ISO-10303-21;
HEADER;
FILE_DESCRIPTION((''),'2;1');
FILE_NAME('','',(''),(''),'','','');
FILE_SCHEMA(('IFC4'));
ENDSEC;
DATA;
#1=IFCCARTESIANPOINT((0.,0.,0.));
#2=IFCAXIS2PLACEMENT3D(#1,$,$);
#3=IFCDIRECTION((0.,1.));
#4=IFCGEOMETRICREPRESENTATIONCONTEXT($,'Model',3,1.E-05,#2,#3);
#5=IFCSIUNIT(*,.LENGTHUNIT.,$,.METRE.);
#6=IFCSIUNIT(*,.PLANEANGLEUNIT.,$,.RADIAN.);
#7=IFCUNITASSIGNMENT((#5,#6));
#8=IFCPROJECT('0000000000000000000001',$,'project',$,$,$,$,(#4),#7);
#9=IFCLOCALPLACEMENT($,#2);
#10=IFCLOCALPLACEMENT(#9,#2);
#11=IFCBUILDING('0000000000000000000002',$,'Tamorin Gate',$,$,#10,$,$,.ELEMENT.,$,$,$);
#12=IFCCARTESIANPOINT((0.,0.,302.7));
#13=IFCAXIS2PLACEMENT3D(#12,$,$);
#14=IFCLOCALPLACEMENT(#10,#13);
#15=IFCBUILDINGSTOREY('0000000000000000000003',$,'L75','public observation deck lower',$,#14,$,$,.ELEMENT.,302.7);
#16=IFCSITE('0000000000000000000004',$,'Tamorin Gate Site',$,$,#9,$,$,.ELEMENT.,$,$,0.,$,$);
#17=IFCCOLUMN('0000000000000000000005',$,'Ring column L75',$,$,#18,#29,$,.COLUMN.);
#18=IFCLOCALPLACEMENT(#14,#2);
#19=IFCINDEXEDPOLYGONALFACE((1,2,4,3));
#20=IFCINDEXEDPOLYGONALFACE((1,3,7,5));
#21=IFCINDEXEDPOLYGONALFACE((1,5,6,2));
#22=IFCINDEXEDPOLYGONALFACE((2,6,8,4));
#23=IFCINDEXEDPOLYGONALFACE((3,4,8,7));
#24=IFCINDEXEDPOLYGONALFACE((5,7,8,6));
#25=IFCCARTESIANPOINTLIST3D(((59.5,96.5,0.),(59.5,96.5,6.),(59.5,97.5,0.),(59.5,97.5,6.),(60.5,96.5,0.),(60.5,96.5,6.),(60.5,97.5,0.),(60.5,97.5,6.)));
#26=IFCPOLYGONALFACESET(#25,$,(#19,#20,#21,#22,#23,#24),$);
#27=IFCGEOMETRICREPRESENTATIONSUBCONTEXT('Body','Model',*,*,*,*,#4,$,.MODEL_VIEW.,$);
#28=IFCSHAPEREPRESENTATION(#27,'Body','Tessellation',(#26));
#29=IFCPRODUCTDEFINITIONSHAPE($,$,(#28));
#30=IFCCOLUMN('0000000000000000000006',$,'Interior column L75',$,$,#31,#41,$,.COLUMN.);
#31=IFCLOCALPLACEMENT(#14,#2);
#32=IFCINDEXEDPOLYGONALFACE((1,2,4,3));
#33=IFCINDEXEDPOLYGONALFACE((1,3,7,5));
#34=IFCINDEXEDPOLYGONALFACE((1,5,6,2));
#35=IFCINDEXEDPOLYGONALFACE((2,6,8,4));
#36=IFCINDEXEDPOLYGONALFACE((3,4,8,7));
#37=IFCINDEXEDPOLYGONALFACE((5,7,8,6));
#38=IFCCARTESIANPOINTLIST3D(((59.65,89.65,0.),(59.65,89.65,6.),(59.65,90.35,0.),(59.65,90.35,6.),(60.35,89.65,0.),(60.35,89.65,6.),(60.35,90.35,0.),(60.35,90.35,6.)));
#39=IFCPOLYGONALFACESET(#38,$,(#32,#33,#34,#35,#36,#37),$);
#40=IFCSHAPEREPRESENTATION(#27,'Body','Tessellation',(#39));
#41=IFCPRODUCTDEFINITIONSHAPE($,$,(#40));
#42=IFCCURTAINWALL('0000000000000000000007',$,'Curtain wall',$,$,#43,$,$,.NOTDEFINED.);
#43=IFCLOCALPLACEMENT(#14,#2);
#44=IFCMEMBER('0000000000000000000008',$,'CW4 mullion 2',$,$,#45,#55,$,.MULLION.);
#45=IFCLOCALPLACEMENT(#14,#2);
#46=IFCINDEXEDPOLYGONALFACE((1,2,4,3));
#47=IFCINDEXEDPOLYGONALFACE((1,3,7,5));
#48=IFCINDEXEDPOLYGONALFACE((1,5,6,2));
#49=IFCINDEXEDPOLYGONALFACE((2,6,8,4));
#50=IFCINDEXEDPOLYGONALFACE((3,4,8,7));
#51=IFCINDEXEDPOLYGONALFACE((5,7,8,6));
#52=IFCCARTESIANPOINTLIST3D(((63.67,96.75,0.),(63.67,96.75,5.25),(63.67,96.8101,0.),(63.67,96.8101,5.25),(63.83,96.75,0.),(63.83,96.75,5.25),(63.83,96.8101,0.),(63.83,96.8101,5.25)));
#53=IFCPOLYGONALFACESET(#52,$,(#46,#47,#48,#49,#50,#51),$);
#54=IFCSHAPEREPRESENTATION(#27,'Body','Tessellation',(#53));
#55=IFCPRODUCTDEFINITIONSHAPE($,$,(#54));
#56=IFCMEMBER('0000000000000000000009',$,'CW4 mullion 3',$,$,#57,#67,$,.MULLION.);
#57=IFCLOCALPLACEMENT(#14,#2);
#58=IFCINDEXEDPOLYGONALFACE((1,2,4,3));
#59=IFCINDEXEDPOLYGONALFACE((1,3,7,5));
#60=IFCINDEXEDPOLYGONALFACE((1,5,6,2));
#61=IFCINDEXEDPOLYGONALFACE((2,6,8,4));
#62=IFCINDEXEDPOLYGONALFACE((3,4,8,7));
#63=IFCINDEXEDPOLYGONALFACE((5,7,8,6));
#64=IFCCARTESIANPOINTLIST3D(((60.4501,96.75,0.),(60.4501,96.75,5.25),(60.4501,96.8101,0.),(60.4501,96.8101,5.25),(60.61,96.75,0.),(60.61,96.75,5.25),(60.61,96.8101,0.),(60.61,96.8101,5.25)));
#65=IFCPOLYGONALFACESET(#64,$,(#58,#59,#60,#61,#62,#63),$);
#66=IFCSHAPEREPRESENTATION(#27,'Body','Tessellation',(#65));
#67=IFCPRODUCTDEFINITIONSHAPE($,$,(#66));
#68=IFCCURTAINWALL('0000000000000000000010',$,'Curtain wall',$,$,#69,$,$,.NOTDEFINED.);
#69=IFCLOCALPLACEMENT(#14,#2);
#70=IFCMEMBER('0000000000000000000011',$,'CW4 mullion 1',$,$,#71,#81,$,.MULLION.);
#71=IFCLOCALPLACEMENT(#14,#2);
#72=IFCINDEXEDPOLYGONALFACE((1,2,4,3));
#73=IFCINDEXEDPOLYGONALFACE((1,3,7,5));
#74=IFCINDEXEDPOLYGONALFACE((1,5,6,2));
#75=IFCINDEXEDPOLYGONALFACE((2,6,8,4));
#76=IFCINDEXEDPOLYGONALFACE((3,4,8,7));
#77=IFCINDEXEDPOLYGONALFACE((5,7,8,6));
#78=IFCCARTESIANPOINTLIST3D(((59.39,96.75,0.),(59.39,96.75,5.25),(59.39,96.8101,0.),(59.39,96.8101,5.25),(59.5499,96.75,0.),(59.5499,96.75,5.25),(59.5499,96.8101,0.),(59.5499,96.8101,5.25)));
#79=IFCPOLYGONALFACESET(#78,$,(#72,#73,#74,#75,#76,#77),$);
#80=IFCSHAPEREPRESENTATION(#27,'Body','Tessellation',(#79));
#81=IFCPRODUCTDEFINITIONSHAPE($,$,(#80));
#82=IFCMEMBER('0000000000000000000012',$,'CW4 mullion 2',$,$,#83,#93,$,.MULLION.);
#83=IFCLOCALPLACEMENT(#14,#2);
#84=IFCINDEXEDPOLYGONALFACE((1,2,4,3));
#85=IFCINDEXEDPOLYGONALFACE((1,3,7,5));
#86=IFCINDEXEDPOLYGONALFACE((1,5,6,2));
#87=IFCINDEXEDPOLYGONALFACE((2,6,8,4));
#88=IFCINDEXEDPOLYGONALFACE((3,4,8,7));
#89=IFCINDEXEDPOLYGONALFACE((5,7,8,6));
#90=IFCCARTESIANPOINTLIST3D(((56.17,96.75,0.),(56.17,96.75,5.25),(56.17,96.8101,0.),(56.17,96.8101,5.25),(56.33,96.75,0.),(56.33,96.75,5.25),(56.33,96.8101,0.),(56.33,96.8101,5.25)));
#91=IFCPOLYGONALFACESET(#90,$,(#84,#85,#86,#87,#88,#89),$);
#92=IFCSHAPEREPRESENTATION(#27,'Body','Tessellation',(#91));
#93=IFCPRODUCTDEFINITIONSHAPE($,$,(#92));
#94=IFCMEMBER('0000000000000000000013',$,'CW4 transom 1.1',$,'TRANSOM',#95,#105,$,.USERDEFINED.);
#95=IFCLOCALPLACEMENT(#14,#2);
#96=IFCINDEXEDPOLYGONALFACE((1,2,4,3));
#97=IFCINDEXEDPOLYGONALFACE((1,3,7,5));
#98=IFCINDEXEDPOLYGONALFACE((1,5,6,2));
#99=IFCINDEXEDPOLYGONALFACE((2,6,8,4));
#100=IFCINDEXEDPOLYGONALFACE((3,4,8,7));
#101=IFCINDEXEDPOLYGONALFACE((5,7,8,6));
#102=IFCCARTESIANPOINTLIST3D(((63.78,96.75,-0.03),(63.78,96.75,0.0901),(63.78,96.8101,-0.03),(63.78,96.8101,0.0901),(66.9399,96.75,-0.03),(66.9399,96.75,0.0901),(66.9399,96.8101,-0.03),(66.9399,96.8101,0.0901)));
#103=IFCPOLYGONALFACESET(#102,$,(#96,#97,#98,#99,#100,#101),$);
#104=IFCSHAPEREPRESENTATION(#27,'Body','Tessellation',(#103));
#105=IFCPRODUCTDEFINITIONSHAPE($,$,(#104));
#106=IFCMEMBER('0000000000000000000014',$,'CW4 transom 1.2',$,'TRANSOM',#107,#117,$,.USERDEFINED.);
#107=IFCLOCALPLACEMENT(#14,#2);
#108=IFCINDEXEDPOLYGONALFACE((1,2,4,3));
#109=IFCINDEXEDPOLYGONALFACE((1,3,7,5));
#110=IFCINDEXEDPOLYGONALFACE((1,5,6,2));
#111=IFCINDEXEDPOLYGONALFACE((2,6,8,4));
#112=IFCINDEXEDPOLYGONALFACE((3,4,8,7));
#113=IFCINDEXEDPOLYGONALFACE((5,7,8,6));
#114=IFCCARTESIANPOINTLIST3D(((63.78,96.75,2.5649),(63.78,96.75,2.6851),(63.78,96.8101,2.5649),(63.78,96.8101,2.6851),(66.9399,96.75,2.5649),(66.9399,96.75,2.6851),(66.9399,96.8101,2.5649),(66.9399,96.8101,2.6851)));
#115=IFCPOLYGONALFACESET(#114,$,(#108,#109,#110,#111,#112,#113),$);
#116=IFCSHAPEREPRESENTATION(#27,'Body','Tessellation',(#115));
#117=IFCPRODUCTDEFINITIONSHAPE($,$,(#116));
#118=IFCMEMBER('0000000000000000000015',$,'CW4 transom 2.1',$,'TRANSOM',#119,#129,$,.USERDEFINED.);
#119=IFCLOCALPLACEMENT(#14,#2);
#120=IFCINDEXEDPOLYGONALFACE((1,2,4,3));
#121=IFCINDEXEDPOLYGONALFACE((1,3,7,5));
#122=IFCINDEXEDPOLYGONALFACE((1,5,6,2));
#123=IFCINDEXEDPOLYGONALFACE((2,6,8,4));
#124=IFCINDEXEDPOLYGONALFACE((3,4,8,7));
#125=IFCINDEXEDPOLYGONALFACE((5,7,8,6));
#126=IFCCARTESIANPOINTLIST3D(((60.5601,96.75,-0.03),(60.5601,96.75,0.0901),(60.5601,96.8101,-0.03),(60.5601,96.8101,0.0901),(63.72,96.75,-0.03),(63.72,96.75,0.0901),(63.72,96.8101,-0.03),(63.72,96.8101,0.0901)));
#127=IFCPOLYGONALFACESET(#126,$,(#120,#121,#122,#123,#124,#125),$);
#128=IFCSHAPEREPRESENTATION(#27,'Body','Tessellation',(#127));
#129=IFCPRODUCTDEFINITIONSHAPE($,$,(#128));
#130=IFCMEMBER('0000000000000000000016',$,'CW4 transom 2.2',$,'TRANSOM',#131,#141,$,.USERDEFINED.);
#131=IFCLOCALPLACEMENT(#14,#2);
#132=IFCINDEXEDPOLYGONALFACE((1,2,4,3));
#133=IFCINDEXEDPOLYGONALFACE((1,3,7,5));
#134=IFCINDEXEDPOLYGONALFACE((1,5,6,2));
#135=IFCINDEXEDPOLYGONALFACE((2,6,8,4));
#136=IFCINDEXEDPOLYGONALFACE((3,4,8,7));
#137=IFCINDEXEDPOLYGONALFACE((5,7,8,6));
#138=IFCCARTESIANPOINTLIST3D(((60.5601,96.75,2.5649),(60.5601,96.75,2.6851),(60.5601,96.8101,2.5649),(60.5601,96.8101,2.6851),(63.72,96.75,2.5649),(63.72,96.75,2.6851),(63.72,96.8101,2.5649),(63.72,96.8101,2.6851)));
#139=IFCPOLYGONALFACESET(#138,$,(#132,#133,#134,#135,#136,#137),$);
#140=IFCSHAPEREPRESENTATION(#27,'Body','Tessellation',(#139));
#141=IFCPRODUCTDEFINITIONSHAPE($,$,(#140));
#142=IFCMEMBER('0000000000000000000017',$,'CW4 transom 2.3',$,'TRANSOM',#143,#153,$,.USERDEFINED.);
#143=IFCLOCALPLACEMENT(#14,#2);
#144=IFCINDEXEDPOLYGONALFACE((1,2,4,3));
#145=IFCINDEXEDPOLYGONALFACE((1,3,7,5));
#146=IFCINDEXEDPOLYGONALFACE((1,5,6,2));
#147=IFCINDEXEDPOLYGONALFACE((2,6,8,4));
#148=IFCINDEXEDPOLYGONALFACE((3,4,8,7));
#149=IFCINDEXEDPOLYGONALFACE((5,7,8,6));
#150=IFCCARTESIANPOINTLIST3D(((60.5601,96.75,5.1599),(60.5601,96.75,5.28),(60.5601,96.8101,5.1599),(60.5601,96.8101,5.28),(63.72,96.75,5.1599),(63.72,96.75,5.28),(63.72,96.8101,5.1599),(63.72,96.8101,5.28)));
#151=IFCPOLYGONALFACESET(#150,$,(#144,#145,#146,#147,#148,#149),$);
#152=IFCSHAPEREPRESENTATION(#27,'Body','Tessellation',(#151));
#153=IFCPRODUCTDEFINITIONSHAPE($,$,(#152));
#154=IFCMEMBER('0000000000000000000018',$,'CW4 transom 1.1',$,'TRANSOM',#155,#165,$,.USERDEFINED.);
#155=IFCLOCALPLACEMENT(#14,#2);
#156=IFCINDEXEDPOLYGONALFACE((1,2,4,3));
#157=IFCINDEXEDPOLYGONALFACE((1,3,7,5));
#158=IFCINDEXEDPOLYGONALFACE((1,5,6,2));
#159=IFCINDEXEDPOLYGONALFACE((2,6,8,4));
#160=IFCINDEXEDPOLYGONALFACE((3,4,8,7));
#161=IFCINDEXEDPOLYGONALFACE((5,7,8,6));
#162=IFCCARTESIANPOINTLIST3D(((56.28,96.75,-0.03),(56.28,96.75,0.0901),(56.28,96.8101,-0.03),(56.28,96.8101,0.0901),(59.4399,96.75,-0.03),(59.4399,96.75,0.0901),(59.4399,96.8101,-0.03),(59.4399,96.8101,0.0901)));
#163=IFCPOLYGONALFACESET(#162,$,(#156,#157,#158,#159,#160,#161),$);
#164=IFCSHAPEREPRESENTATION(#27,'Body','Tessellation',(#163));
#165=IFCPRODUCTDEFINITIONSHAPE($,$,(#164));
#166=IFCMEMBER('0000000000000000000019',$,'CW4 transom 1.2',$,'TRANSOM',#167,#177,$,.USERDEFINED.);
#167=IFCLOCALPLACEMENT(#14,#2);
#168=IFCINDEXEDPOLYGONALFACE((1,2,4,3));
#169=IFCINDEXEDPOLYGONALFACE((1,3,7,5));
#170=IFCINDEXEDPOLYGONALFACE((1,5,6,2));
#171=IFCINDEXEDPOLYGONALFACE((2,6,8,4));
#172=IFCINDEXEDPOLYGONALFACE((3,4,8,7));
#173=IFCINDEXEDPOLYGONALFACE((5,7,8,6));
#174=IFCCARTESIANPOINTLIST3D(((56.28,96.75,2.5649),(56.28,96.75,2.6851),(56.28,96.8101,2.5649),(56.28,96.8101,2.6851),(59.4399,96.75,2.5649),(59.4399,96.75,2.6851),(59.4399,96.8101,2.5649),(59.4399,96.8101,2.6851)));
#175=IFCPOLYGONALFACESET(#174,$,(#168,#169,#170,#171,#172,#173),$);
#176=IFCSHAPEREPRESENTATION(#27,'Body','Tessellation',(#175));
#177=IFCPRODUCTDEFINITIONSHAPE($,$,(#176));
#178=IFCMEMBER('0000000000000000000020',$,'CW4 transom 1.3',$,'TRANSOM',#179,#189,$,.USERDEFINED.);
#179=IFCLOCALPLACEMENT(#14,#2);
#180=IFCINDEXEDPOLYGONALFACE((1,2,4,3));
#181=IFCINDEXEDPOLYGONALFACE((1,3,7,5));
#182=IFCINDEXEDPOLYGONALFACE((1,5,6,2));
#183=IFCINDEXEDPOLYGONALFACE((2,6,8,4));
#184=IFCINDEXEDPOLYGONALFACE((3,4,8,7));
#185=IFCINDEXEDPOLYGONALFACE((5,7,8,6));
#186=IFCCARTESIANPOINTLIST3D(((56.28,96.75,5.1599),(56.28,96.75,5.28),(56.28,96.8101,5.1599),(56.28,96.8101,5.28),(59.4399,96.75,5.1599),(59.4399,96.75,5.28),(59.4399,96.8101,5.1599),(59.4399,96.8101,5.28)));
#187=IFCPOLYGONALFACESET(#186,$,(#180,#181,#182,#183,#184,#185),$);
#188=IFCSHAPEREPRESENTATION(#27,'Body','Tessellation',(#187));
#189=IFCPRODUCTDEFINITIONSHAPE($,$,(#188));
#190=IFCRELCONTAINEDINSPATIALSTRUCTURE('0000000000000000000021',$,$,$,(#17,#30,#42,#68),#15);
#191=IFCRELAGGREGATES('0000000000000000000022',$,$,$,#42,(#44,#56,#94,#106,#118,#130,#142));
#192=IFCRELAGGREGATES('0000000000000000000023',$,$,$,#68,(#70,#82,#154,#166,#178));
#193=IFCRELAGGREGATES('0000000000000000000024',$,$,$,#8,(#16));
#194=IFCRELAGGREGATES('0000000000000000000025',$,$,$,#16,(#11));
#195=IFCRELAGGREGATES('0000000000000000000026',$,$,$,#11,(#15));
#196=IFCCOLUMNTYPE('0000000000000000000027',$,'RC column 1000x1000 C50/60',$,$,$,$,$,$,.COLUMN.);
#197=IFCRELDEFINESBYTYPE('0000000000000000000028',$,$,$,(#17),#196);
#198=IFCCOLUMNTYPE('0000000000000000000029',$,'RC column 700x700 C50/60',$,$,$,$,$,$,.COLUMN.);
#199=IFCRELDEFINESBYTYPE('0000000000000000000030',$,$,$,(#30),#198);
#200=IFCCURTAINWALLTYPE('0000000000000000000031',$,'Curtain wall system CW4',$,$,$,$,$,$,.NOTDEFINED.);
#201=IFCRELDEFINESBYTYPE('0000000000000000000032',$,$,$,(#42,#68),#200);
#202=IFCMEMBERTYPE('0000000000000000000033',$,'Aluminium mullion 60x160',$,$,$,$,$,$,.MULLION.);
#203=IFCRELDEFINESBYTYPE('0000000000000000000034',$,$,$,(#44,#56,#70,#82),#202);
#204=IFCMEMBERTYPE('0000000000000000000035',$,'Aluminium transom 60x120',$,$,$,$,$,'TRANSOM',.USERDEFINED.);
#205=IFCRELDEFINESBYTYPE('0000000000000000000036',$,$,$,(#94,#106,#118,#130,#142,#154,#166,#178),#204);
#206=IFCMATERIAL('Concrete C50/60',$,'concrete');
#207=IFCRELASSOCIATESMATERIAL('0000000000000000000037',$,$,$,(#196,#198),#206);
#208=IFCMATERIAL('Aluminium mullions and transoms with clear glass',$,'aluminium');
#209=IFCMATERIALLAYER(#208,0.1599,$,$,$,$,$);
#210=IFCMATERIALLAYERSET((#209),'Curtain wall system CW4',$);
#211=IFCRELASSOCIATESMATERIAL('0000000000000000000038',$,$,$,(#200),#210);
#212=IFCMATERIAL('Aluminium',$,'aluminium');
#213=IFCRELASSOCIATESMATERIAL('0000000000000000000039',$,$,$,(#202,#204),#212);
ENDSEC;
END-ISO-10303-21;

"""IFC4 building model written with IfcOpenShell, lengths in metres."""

from ifc_helpers import new_model, si_unit, direction, frame, origin, origin_2d, place, context, subcontext, project, spatial, rectangle, extrude, material, layer, layer_set, material_profile, profile_set, type_object, element, aggregate, save


model = new_model("IFC4")

# Units and contexts
model_context = context("Model", 3, precision=1e-05, world=origin(), true_north=direction((0.0, 1.0)))
body_context = subcontext(model_context, "Body", "Model", "MODEL_VIEW")
ifc_project = project(units=[si_unit("LENGTHUNIT", "METRE"), si_unit("PLANEANGLEUNIT", "RADIAN")], contexts=[model_context])

# Site, building, storey
site_placement = place(None, origin())
site = spatial("IfcSite", under=ifc_project, at=site_placement, Name="Tamorin Gate Site", CompositionType="ELEMENT", RefElevation=0.0)
building_placement = place(site_placement, origin())
building = spatial("IfcBuilding", under=site, at=building_placement, Name="Tamorin Gate", CompositionType="ELEMENT")
storey_placement = place(building_placement, frame((0.0, 0.0, 302.7)))
storey = spatial("IfcBuildingStorey", under=building, at=storey_placement, Name="L75", Description="public observation deck lower", CompositionType="ELEMENT", Elevation=302.7)

# Columns
ifc_material_1 = material(Name="Concrete C50/60", Category="concrete")
ifc_material_profile_1 = material_profile(ifc_material_1, rectangle(XDim=1.0, YDim=1.0, at=origin_2d()), Name="RC 1000x1000")
ifc_profile_set_1 = profile_set([ifc_material_profile_1], Name="Concrete C50/60")
column_type_1 = type_object("IfcColumnType", Name="RC column 1000x1000 C50/60", PredefinedType="COLUMN", material=ifc_profile_set_1)
column_1_placement = place(storey_placement, frame((60.0, 97.0, 0.0), z_axis=(0.0, 0.0, 1.0), x_axis=(1.0, 0.0, 0.0)))
element("IfcColumn", 1, at=column_1_placement, inside=storey, type_object=column_type_1, Name="Ring column L75", PredefinedType="COLUMN", context=body_context, shape_type="SweptSolid", body=[
    extrude(rectangle(XDim=1.0, YDim=1.0, at=origin_2d()), origin(), (0.0, 0.0, 1.0), 6.0),
])
ifc_material_profile_2 = material_profile(ifc_material_1, rectangle(XDim=0.7, YDim=0.7, at=origin_2d()), Name="RC 700x700")
ifc_profile_set_2 = profile_set([ifc_material_profile_2], Name="Concrete C50/60")
column_type_2 = type_object("IfcColumnType", Name="RC column 700x700 C50/60", PredefinedType="COLUMN", material=ifc_profile_set_2)
column_2_placement = place(storey_placement, frame((60.0, 90.0, 0.0), z_axis=(0.0, 0.0, 1.0), x_axis=(1.0, 0.0, 0.0)))
element("IfcColumn", 2, at=column_2_placement, inside=storey, type_object=column_type_2, Name="Interior column L75", PredefinedType="COLUMN", context=body_context, shape_type="SweptSolid", body=[
    extrude(rectangle(XDim=0.7, YDim=0.7, at=origin_2d()), origin(), (0.0, 0.0, 1.0), 6.0),
])

# Curtain walls, members
ifc_material_2 = material(Name="Aluminium mullions and transoms with clear glass", Category="aluminium")
ifc_layer_1 = layer(ifc_material_2, 0.1599)
ifc_layer_set_1 = layer_set([ifc_layer_1], Name="Curtain wall system CW4")
curtain_wall_type = type_object("IfcCurtainWallType", Name="Curtain wall system CW4", PredefinedType="NOTDEFINED", material=ifc_layer_set_1)
curtain_wall_1_placement = place(storey_placement, origin())
curtain_wall_1 = element("IfcCurtainWall", 3, at=curtain_wall_1_placement, inside=storey, type_object=curtain_wall_type, Name="Curtain wall", PredefinedType="NOTDEFINED")
ifc_material_3 = material(Name="Aluminium", Category="aluminium")
ifc_material_profile_3 = material_profile(ifc_material_3, rectangle(XDim=0.0601, YDim=0.1599, at=origin_2d()), Name="RECT 60x160")
ifc_profile_set_3 = profile_set([ifc_material_profile_3], Name="Aluminium")
member_type_1 = type_object("IfcMemberType", Name="Aluminium mullion 60x160", PredefinedType="MULLION", material=ifc_profile_set_3)
member_1_placement = place(storey_placement, frame((63.75, 96.78, 0.0), z_axis=(0.0, 0.0, 1.0), x_axis=(0.0, -1.0, 0.0)))
member_1 = element("IfcMember", 4, at=member_1_placement, type_object=member_type_1, Name="CW4 mullion 2", PredefinedType="MULLION", context=body_context, shape_type="SweptSolid", body=[
    extrude(rectangle(XDim=0.0601, YDim=0.1599, at=origin_2d()), origin(), (0.0, 0.0, 1.0), 5.25),
])
member_2_placement = place(storey_placement, frame((60.53, 96.78, 0.0), z_axis=(0.0, 0.0, 1.0), x_axis=(0.0, -1.0, 0.0)))
member_2 = element("IfcMember", 5, at=member_2_placement, type_object=member_type_1, Name="CW4 mullion 3", PredefinedType="MULLION", context=body_context, shape_type="SweptSolid", body=[
    extrude(rectangle(XDim=0.0601, YDim=0.1599, at=origin_2d()), origin(), (0.0, 0.0, 1.0), 5.25),
])
curtain_wall_2_placement = place(storey_placement, origin())
curtain_wall_2 = element("IfcCurtainWall", 6, at=curtain_wall_2_placement, inside=storey, type_object=curtain_wall_type, Name="Curtain wall", PredefinedType="NOTDEFINED")
member_3_placement = place(storey_placement, frame((59.47, 96.78, 0.0), z_axis=(0.0, 0.0, 1.0), x_axis=(0.0, -1.0, 0.0)))
member_3 = element("IfcMember", 7, at=member_3_placement, type_object=member_type_1, Name="CW4 mullion 1", PredefinedType="MULLION", context=body_context, shape_type="SweptSolid", body=[
    extrude(rectangle(XDim=0.0601, YDim=0.1599, at=origin_2d()), origin(), (0.0, 0.0, 1.0), 5.25),
])
member_4_placement = place(storey_placement, frame((56.25, 96.78, 0.0), z_axis=(0.0, 0.0, 1.0), x_axis=(0.0, -1.0, 0.0)))
member_4 = element("IfcMember", 8, at=member_4_placement, type_object=member_type_1, Name="CW4 mullion 2", PredefinedType="MULLION", context=body_context, shape_type="SweptSolid", body=[
    extrude(rectangle(XDim=0.0601, YDim=0.1599, at=origin_2d()), origin(), (0.0, 0.0, 1.0), 5.25),
])

# Members
ifc_material_profile_4 = material_profile(ifc_material_3, rectangle(XDim=0.0601, YDim=0.1201, at=origin_2d()), Name="RECT 60x120")
ifc_profile_set_4 = profile_set([ifc_material_profile_4], Name="Aluminium")
member_type_2 = type_object("IfcMemberType", Name="Aluminium transom 60x120", ElementType="TRANSOM", PredefinedType="USERDEFINED", material=ifc_profile_set_4)
member_5_placement = place(storey_placement, frame((66.9399, 96.78, 0.03), z_axis=(-1.0, 0.0, 0.0), x_axis=(0.0, -1.0, 0.0)))
member_5 = element("IfcMember", 9, at=member_5_placement, type_object=member_type_2, Name="CW4 transom 1.1", ObjectType="TRANSOM", PredefinedType="USERDEFINED", context=body_context, shape_type="SweptSolid", body=[
    extrude(rectangle(XDim=0.0601, YDim=0.1201, at=origin_2d()), origin(), (0.0, 0.0, 1.0), 3.1599),
])
member_6_placement = place(storey_placement, frame((66.9399, 96.78, 2.625), z_axis=(-1.0, 0.0, 0.0), x_axis=(0.0, -1.0, 0.0)))
member_6 = element("IfcMember", 10, at=member_6_placement, type_object=member_type_2, Name="CW4 transom 1.2", ObjectType="TRANSOM", PredefinedType="USERDEFINED", context=body_context, shape_type="SweptSolid", body=[
    extrude(rectangle(XDim=0.0601, YDim=0.1201, at=origin_2d()), origin(), (0.0, 0.0, 1.0), 3.1599),
])
member_7_placement = place(storey_placement, frame((63.72, 96.78, 0.03), z_axis=(-1.0, 0.0, 0.0), x_axis=(0.0, -1.0, 0.0)))
member_7 = element("IfcMember", 11, at=member_7_placement, type_object=member_type_2, Name="CW4 transom 2.1", ObjectType="TRANSOM", PredefinedType="USERDEFINED", context=body_context, shape_type="SweptSolid", body=[
    extrude(rectangle(XDim=0.0601, YDim=0.1201, at=origin_2d()), origin(), (0.0, 0.0, 1.0), 3.1599),
])
member_8_placement = place(storey_placement, frame((63.72, 96.78, 2.625), z_axis=(-1.0, 0.0, 0.0), x_axis=(0.0, -1.0, 0.0)))
member_8 = element("IfcMember", 12, at=member_8_placement, type_object=member_type_2, Name="CW4 transom 2.2", ObjectType="TRANSOM", PredefinedType="USERDEFINED", context=body_context, shape_type="SweptSolid", body=[
    extrude(rectangle(XDim=0.0601, YDim=0.1201, at=origin_2d()), origin(), (0.0, 0.0, 1.0), 3.1599),
])
member_9_placement = place(storey_placement, frame((63.72, 96.78, 5.22), z_axis=(-1.0, 0.0, 0.0), x_axis=(0.0, -1.0, 0.0)))
member_9 = element("IfcMember", 13, at=member_9_placement, type_object=member_type_2, Name="CW4 transom 2.3", ObjectType="TRANSOM", PredefinedType="USERDEFINED", context=body_context, shape_type="SweptSolid", body=[
    extrude(rectangle(XDim=0.0601, YDim=0.1201, at=origin_2d()), origin(), (0.0, 0.0, 1.0), 3.1599),
])
member_10_placement = place(storey_placement, frame((59.4399, 96.78, 0.03), z_axis=(-1.0, 0.0, 0.0), x_axis=(0.0, -1.0, 0.0)))
member_10 = element("IfcMember", 14, at=member_10_placement, type_object=member_type_2, Name="CW4 transom 1.1", ObjectType="TRANSOM", PredefinedType="USERDEFINED", context=body_context, shape_type="SweptSolid", body=[
    extrude(rectangle(XDim=0.0601, YDim=0.1201, at=origin_2d()), origin(), (0.0, 0.0, 1.0), 3.1599),
])
member_11_placement = place(storey_placement, frame((59.4399, 96.78, 2.625), z_axis=(-1.0, 0.0, 0.0), x_axis=(0.0, -1.0, 0.0)))
member_11 = element("IfcMember", 15, at=member_11_placement, type_object=member_type_2, Name="CW4 transom 1.2", ObjectType="TRANSOM", PredefinedType="USERDEFINED", context=body_context, shape_type="SweptSolid", body=[
    extrude(rectangle(XDim=0.0601, YDim=0.1201, at=origin_2d()), origin(), (0.0, 0.0, 1.0), 3.1599),
])
member_12_placement = place(storey_placement, frame((59.4399, 96.78, 5.22), z_axis=(-1.0, 0.0, 0.0), x_axis=(0.0, -1.0, 0.0)))
member_12 = element("IfcMember", 16, at=member_12_placement, type_object=member_type_2, Name="CW4 transom 1.3", ObjectType="TRANSOM", PredefinedType="USERDEFINED", context=body_context, shape_type="SweptSolid", body=[
    extrude(rectangle(XDim=0.0601, YDim=0.1201, at=origin_2d()), origin(), (0.0, 0.0, 1.0), 3.1599),
])

aggregate(curtain_wall_1, [member_1, member_2, member_5, member_6, member_7, member_8, member_9])
aggregate(curtain_wall_2, [member_3, member_4, member_10, member_11, member_12])

save(model, "model.ifc")
